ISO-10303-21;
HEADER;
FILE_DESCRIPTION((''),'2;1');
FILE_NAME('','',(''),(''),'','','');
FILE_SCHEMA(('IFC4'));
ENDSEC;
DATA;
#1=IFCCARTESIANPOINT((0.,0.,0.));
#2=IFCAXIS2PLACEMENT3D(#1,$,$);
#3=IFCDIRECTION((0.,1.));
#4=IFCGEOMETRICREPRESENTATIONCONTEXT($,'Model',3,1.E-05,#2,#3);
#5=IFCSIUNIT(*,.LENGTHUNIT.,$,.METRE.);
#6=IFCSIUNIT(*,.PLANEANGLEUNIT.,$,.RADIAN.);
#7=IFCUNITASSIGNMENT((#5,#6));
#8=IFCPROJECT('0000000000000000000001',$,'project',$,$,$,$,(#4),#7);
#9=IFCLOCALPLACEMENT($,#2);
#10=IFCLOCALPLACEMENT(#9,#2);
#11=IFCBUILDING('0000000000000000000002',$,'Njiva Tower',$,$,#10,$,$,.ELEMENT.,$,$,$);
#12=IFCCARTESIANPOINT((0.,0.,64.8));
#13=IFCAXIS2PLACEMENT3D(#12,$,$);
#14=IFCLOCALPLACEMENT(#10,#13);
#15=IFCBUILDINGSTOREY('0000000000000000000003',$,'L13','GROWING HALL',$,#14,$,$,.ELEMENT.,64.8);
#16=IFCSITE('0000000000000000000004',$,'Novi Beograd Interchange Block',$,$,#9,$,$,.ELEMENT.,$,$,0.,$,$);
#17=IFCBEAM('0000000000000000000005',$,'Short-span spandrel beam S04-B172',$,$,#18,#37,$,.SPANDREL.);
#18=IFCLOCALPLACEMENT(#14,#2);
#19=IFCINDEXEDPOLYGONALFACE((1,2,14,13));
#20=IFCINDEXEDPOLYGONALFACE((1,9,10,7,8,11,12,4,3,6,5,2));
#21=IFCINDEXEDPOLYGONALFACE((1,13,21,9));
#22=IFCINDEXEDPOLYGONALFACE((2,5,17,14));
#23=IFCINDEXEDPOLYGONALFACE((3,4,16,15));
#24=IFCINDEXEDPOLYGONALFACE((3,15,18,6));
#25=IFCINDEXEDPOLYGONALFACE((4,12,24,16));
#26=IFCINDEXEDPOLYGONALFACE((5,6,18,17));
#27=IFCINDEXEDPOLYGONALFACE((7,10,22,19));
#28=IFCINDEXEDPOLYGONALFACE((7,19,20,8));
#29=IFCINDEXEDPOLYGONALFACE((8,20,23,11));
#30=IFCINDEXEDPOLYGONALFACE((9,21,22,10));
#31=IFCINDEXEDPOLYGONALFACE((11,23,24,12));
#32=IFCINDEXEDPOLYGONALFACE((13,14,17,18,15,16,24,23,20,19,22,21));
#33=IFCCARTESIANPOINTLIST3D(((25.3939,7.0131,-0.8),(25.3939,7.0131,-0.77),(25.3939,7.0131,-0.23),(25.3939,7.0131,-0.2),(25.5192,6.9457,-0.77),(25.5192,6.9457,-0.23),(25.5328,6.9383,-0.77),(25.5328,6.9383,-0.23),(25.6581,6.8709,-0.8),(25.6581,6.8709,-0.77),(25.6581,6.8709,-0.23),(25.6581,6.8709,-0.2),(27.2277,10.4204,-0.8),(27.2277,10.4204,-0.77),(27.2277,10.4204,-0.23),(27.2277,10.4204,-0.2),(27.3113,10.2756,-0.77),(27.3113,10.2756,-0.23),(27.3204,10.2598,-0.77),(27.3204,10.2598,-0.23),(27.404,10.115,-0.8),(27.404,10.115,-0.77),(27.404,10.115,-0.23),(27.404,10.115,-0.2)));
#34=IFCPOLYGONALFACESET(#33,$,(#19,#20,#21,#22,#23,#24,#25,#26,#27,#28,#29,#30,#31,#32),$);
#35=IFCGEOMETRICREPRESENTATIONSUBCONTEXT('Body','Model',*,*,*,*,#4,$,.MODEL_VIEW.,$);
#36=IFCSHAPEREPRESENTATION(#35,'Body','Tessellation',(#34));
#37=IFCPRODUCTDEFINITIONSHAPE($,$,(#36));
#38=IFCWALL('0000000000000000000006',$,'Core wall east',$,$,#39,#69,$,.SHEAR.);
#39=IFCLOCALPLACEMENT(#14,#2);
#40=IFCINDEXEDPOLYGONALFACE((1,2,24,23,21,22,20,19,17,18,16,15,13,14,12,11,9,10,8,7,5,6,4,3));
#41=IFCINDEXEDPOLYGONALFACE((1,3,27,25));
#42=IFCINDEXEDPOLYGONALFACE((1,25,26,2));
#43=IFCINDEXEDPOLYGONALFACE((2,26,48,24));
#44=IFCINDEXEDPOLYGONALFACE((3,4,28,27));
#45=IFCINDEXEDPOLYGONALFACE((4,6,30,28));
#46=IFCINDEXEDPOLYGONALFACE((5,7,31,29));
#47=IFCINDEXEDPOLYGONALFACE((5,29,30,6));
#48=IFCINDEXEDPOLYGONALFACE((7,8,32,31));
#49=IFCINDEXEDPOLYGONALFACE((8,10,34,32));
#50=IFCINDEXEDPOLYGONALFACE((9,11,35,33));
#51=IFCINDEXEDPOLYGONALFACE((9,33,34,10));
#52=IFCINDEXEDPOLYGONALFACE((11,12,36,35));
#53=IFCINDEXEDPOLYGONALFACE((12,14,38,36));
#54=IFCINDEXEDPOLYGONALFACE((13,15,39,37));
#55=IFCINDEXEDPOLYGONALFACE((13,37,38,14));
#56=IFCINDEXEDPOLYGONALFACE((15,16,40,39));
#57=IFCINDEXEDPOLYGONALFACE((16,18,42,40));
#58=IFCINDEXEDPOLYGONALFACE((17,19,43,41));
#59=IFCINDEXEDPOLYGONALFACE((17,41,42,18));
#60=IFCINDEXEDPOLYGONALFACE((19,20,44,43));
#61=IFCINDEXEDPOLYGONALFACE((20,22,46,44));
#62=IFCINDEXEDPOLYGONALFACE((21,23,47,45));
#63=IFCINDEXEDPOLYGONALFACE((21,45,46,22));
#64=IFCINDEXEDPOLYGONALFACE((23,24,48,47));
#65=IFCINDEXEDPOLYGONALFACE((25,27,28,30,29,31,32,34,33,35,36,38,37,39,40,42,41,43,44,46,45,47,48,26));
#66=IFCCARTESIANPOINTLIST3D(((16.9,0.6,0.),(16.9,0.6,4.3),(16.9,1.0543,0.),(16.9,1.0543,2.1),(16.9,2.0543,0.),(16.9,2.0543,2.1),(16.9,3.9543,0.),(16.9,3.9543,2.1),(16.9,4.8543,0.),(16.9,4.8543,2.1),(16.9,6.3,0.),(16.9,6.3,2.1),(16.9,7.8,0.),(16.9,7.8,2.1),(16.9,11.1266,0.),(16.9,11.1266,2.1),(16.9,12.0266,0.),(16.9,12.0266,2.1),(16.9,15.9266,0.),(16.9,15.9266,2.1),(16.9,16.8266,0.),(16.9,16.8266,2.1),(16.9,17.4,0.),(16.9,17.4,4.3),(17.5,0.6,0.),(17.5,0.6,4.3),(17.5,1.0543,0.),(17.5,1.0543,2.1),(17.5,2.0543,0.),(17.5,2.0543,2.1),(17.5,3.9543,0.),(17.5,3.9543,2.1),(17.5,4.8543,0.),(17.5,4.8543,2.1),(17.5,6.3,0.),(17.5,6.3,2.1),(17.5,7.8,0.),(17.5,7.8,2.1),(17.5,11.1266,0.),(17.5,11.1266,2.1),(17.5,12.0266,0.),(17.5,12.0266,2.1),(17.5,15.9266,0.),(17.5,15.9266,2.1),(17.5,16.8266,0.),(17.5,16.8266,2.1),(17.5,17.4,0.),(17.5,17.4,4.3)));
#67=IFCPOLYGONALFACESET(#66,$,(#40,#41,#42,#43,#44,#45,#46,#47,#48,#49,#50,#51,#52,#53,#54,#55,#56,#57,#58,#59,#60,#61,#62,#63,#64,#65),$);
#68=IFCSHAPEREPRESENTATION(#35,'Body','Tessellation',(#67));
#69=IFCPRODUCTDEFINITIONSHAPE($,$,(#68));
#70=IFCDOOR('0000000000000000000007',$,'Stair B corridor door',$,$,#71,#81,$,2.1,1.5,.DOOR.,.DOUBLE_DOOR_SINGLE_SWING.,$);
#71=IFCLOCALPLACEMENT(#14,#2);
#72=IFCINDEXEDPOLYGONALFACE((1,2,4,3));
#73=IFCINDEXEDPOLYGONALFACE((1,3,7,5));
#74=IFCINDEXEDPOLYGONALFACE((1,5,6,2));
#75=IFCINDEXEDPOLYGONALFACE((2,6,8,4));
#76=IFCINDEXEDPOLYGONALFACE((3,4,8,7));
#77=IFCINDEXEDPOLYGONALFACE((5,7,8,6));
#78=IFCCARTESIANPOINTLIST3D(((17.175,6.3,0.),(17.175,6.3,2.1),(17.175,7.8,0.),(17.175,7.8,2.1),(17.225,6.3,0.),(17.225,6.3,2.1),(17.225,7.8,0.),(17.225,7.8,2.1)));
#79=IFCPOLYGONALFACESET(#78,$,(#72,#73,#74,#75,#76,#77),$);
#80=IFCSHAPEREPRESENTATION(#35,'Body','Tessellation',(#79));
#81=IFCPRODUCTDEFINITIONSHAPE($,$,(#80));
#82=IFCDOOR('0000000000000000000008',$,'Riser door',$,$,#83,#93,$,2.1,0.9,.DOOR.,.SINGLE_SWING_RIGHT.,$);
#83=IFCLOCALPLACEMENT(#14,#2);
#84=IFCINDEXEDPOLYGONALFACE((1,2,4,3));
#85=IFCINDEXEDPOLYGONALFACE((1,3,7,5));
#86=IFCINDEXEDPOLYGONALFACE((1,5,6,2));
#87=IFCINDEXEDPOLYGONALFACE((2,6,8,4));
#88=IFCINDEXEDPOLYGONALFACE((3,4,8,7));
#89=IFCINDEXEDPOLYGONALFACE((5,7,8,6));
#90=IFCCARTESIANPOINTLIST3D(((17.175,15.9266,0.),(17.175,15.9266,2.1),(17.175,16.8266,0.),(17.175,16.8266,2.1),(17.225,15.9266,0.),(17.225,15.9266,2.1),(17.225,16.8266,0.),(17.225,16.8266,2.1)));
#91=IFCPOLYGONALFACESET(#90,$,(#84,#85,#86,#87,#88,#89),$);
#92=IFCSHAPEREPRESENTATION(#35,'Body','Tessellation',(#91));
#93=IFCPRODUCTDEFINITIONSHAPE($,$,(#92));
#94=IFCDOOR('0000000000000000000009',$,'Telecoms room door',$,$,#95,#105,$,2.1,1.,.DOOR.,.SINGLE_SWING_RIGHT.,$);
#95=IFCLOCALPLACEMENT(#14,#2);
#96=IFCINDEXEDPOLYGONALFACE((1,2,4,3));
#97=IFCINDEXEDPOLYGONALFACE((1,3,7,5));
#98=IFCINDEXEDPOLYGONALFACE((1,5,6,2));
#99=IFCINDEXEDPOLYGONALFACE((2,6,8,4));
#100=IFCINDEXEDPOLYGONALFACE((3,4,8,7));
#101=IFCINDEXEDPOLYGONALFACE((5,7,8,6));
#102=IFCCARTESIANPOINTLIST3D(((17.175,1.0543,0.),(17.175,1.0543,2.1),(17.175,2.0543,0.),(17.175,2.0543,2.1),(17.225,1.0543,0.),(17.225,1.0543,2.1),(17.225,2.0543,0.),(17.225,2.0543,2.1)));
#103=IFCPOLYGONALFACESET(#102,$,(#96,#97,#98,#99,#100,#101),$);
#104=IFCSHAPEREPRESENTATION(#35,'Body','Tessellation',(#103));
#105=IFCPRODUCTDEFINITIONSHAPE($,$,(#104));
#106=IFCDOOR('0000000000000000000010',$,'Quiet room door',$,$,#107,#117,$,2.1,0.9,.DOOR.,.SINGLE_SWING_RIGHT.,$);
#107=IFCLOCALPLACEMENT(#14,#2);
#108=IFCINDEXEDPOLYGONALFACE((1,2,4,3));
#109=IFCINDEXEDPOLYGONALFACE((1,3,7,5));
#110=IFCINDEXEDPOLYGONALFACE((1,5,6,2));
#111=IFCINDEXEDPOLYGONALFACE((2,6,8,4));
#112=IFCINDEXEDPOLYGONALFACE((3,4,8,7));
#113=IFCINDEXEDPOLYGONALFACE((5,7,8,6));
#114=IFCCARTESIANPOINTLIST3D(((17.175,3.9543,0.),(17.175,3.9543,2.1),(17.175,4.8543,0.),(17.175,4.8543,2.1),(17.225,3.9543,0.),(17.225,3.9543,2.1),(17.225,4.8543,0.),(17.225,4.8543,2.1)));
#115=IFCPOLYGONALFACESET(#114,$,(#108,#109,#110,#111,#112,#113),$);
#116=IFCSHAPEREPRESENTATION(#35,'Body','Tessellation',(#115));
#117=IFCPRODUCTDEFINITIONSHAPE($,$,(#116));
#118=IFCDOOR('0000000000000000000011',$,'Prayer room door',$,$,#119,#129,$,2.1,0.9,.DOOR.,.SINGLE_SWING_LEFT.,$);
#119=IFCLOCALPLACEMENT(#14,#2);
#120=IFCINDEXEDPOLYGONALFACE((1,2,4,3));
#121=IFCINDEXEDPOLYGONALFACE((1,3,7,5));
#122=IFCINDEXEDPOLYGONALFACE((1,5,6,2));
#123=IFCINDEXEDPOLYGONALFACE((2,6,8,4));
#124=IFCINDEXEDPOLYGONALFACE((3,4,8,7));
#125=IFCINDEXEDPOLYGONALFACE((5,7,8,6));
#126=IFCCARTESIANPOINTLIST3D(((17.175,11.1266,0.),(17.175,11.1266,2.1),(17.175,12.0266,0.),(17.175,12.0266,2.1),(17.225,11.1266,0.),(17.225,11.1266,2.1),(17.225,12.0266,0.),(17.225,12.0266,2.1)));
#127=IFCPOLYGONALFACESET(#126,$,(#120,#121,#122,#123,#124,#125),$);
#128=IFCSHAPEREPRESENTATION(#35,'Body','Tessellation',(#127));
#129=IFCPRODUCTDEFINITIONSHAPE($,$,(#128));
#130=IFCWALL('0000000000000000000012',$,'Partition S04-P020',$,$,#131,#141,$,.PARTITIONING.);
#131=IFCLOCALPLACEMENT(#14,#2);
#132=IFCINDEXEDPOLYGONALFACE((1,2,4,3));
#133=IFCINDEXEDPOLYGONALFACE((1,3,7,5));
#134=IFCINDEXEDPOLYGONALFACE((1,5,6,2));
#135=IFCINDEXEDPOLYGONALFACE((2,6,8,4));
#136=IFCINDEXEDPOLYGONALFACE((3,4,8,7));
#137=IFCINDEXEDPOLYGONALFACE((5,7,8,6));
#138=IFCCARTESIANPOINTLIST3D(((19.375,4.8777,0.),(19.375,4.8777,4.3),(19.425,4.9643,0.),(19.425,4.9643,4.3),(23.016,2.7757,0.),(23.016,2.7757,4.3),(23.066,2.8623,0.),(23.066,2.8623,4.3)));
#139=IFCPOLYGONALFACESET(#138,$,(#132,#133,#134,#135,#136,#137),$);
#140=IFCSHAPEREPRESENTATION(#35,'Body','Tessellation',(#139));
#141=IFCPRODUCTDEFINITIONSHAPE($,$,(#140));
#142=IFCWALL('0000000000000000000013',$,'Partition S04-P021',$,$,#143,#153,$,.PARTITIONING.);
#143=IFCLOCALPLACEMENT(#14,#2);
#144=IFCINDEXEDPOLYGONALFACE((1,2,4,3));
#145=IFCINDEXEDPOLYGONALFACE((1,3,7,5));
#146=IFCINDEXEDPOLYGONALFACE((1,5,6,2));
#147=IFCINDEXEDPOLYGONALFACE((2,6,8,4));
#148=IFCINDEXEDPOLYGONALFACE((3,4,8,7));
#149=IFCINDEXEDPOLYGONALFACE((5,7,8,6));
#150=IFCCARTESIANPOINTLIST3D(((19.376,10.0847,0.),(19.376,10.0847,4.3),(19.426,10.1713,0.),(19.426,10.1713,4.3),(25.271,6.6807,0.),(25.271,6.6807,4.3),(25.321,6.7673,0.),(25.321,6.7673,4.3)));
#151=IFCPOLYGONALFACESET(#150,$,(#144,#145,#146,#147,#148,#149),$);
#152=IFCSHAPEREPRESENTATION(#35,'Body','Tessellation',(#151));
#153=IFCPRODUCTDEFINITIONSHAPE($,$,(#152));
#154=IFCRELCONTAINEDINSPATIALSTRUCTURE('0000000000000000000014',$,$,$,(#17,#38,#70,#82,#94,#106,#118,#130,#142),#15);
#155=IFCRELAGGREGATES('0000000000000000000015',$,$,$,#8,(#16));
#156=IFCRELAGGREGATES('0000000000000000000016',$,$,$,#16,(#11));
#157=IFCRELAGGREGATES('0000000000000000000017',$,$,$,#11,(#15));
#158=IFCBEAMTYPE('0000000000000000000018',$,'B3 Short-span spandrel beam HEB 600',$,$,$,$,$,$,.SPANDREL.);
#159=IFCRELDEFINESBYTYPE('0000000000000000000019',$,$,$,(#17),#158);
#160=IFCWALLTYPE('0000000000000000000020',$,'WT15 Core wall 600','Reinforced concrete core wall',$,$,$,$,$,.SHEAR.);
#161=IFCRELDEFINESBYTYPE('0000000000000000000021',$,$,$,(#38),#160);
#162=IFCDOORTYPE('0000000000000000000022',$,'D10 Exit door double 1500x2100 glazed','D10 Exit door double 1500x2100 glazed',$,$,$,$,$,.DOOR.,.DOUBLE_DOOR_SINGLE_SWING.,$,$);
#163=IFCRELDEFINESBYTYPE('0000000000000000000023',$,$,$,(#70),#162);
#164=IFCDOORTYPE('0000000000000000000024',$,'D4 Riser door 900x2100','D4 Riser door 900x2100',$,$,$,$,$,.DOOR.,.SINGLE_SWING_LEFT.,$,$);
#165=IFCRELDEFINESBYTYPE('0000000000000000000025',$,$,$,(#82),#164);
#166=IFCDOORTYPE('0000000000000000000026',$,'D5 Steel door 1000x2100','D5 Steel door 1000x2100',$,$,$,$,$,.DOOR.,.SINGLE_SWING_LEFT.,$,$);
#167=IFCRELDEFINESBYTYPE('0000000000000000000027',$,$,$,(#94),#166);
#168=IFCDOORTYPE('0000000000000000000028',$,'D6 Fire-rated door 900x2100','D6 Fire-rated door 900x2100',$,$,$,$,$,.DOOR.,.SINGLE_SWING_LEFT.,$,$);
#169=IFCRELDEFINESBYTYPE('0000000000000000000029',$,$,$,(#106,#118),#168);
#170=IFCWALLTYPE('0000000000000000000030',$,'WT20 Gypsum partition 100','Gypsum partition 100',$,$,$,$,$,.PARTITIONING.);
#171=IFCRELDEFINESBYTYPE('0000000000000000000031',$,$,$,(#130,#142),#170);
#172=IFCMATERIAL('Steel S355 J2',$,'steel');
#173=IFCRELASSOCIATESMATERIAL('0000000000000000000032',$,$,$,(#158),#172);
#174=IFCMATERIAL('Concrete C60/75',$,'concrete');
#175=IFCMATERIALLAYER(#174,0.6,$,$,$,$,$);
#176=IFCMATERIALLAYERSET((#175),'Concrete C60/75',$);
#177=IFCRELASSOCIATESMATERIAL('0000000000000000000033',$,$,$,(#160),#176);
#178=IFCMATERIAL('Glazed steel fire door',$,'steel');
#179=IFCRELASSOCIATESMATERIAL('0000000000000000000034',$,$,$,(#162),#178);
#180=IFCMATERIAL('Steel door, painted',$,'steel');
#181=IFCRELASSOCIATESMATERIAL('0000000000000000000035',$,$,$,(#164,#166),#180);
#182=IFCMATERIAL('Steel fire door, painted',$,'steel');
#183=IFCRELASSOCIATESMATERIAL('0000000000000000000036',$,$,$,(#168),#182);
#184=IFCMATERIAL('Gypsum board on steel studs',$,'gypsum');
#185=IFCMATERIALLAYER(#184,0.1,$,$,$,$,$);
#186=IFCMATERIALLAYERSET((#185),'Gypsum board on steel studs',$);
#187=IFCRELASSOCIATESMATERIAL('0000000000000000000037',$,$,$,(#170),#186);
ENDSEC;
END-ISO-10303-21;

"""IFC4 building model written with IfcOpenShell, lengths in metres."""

from ifc_helpers import new_model, si_unit, direction, frame, frame_2d, origin, origin_2d, place, context, subcontext, project, spatial, rectangle, i_section, extrude, clip, halfspace, material, layer, layer_set, material_profile, profile_set, type_object, element, fill, save


model = new_model("IFC4")

# Units and contexts
model_context = context("Model", 3, precision=1e-05, world=origin(), true_north=direction((0.0, 1.0)))
body_context = subcontext(model_context, "Body", "Model", "MODEL_VIEW")
ifc_project = project(units=[si_unit("LENGTHUNIT", "METRE"), si_unit("PLANEANGLEUNIT", "RADIAN")], contexts=[model_context])

# Site, building, storey
site_placement = place(None, origin())
site = spatial("IfcSite", under=ifc_project, at=site_placement, Name="Novi Beograd Interchange Block", CompositionType="ELEMENT", RefElevation=0.0)
building_placement = place(site_placement, origin())
building = spatial("IfcBuilding", under=site, at=building_placement, Name="Njiva Tower", CompositionType="ELEMENT")
storey_placement = place(building_placement, frame((0.0, 0.0, 64.8)))
storey = spatial("IfcBuildingStorey", under=building, at=storey_placement, Name="L13", Description="GROWING HALL", CompositionType="ELEMENT", Elevation=64.8)

# Shared definitions
ifc_material_1 = material(Name="Steel S355 J2", Category="steel")

# Beam
ifc_material_profile_1 = material_profile(ifc_material_1, i_section(OverallWidth=0.3, OverallDepth=0.6, WebThickness=0.0155, FlangeThickness=0.03, at=origin_2d()), Name="HEB 600")
ifc_profile_set_1 = profile_set([ifc_material_profile_1], Name="Steel S355 J2")
beam_type_1 = type_object("IfcBeamType", Name="B3 Short-span spandrel beam HEB 600", PredefinedType="SPANDREL", material=ifc_profile_set_1)
beam_1_placement = place(storey_placement, frame((25.526, 6.942, -0.5), z_axis=(0.47391, 0.880573, 0.0), x_axis=(-0.880573, 0.47391, 0.0)))
element("IfcBeam", 1, at=beam_1_placement, inside=storey, type_object=beam_type_1, Name="Short-span spandrel beam S04-B172", PredefinedType="SPANDREL", context=body_context, shape_type="Clipping", body=[
    clip(extrude(i_section(OverallWidth=0.3, OverallDepth=0.6, WebThickness=0.0155, FlangeThickness=0.03, at=origin_2d()), origin(), (0.0, 0.0, 1.0), 3.8901), halfspace(frame((-0.0259, 0.0, 3.7607), z_axis=(-0.525645, 0.0, 0.850704), x_axis=(0.0, 1.0, 0.0)), False)),
])

# Wall, openings, doors
ifc_material_2 = material(Name="Concrete C60/75", Category="concrete")
ifc_layer_1 = layer(ifc_material_2, 0.6)
ifc_layer_set_1 = layer_set([ifc_layer_1], Name="Concrete C60/75")
wall_type_1 = type_object("IfcWallType", Name="WT15 Core wall 600", Description="Reinforced concrete core wall", PredefinedType="SHEAR", material=ifc_layer_set_1)
wall_1_placement = place(storey_placement, frame((17.2, 0.6, 0.0), z_axis=(0.0, 0.0, 1.0), x_axis=(0.0, 1.0, 0.0)))
wall_1 = element("IfcWall", 2, at=wall_1_placement, inside=storey, type_object=wall_type_1, Name="Core wall east", PredefinedType="SHEAR", context=body_context, shape_type="SweptSolid", body=[
    extrude(rectangle(XDim=16.8, YDim=0.6, at=frame_2d((8.4, 0.0))), origin(), (0.0, 0.0, 1.0), 4.3),
])
opening_1_placement = place(wall_1_placement, frame((5.7, 0.0, 0.0)))
opening_1 = element("IfcOpeningElement", 3, at=opening_1_placement, cuts=wall_1, PredefinedType="OPENING", context=body_context, shape_type="SweptSolid", body=[
    extrude(rectangle(XDim=1.5, YDim=2.1, at=frame_2d((0.75, 1.05))), frame((0.0, 0.31, 0.0), z_axis=(0.0, -1.0, 0.0), x_axis=(1.0, 0.0, 0.0)), (0.0, 0.0, 1.0), 0.62),
])
opening_2_placement = place(wall_1_placement, frame((0.4543, 0.0, 0.0)))
opening_2 = element("IfcOpeningElement", 4, at=opening_2_placement, cuts=wall_1, PredefinedType="OPENING", context=body_context, shape_type="SweptSolid", body=[
    extrude(rectangle(XDim=1.0, YDim=2.1, at=frame_2d((0.5, 1.05))), frame((0.0, 0.31, 0.0), z_axis=(0.0, -1.0, 0.0), x_axis=(1.0, 0.0, 0.0)), (0.0, 0.0, 1.0), 0.62),
])
opening_3_placement = place(wall_1_placement, frame((3.3543, 0.0, 0.0)))
opening_3 = element("IfcOpeningElement", 5, at=opening_3_placement, cuts=wall_1, PredefinedType="OPENING", context=body_context, shape_type="SweptSolid", body=[
    extrude(rectangle(XDim=0.9, YDim=2.1, at=frame_2d((0.45, 1.05))), frame((0.0, 0.31, 0.0), z_axis=(0.0, -1.0, 0.0), x_axis=(1.0, 0.0, 0.0)), (0.0, 0.0, 1.0), 0.62),
])
opening_4_placement = place(wall_1_placement, frame((10.5266, 0.0, 0.0)))
opening_4 = element("IfcOpeningElement", 6, at=opening_4_placement, cuts=wall_1, PredefinedType="OPENING", context=body_context, shape_type="SweptSolid", body=[
    extrude(rectangle(XDim=0.9, YDim=2.1, at=frame_2d((0.45, 1.05))), frame((0.0, 0.31, 0.0), z_axis=(0.0, -1.0, 0.0), x_axis=(1.0, 0.0, 0.0)), (0.0, 0.0, 1.0), 0.62),
])
opening_5_placement = place(wall_1_placement, frame((15.3266, 0.0, 0.0)))
opening_5 = element("IfcOpeningElement", 7, at=opening_5_placement, cuts=wall_1, PredefinedType="OPENING", context=body_context, shape_type="SweptSolid", body=[
    extrude(rectangle(XDim=0.9, YDim=2.1, at=frame_2d((0.45, 1.05))), frame((0.0, 0.31, 0.0), z_axis=(0.0, -1.0, 0.0), x_axis=(1.0, 0.0, 0.0)), (0.0, 0.0, 1.0), 0.62),
])
ifc_material_3 = material(Name="Glazed steel fire door", Category="steel")
door_type_1 = type_object("IfcDoorType", Name="D10 Exit door double 1500x2100 glazed", Description="D10 Exit door double 1500x2100 glazed", OperationType="DOUBLE_DOOR_SINGLE_SWING", PredefinedType="DOOR", material=ifc_material_3)
door_1_placement = place(opening_1_placement, origin())
door_1 = element("IfcDoor", 8, at=door_1_placement, inside=storey, type_object=door_type_1, Name="Stair B corridor door", OperationType="DOUBLE_DOOR_SINGLE_SWING", OverallHeight=2.1, OverallWidth=1.5, PredefinedType="DOOR", context=body_context, shape_type="SweptSolid", body=[
    extrude(rectangle(XDim=1.5, YDim=2.1, at=frame_2d((0.75, 1.05))), frame((0.0, 0.025, 0.0), z_axis=(0.0, -1.0, 0.0), x_axis=(1.0, 0.0, 0.0)), (0.0, 0.0, 1.0), 0.05),
])
fill(opening_1, door_1)
ifc_material_4 = material(Name="Steel door, painted", Category="steel")
door_type_2 = type_object("IfcDoorType", Name="D4 Riser door 900x2100", Description="D4 Riser door 900x2100", OperationType="SINGLE_SWING_LEFT", PredefinedType="DOOR", material=ifc_material_4)
door_2_placement = place(opening_5_placement, origin())
door_2 = element("IfcDoor", 9, at=door_2_placement, inside=storey, type_object=door_type_2, Name="Riser door", OperationType="SINGLE_SWING_RIGHT", OverallHeight=2.1, OverallWidth=0.9, PredefinedType="DOOR", context=body_context, shape_type="SweptSolid", body=[
    extrude(rectangle(XDim=0.9, YDim=2.1, at=frame_2d((0.45, 1.05))), frame((0.0, 0.025, 0.0), z_axis=(0.0, -1.0, 0.0), x_axis=(1.0, 0.0, 0.0)), (0.0, 0.0, 1.0), 0.05),
])
fill(opening_5, door_2)
door_type_3 = type_object("IfcDoorType", Name="D5 Steel door 1000x2100", Description="D5 Steel door 1000x2100", OperationType="SINGLE_SWING_LEFT", PredefinedType="DOOR", material=ifc_material_4)
door_3_placement = place(opening_2_placement, origin())
door_3 = element("IfcDoor", 10, at=door_3_placement, inside=storey, type_object=door_type_3, Name="Telecoms room door", OperationType="SINGLE_SWING_RIGHT", OverallHeight=2.1, OverallWidth=1.0, PredefinedType="DOOR", context=body_context, shape_type="SweptSolid", body=[
    extrude(rectangle(XDim=1.0, YDim=2.1, at=frame_2d((0.5, 1.05))), frame((0.0, 0.025, 0.0), z_axis=(0.0, -1.0, 0.0), x_axis=(1.0, 0.0, 0.0)), (0.0, 0.0, 1.0), 0.05),
])
fill(opening_2, door_3)
ifc_material_5 = material(Name="Steel fire door, painted", Category="steel")
door_type_4 = type_object("IfcDoorType", Name="D6 Fire-rated door 900x2100", Description="D6 Fire-rated door 900x2100", OperationType="SINGLE_SWING_LEFT", PredefinedType="DOOR", material=ifc_material_5)
door_4_placement = place(opening_3_placement, origin())
door_4 = element("IfcDoor", 11, at=door_4_placement, inside=storey, type_object=door_type_4, Name="Quiet room door", OperationType="SINGLE_SWING_RIGHT", OverallHeight=2.1, OverallWidth=0.9, PredefinedType="DOOR", context=body_context, shape_type="SweptSolid", body=[
    extrude(rectangle(XDim=0.9, YDim=2.1, at=frame_2d((0.45, 1.05))), frame((0.0, 0.025, 0.0), z_axis=(0.0, -1.0, 0.0), x_axis=(1.0, 0.0, 0.0)), (0.0, 0.0, 1.0), 0.05),
])
fill(opening_3, door_4)
door_5_placement = place(opening_4_placement, origin())
door_5 = element("IfcDoor", 12, at=door_5_placement, inside=storey, type_object=door_type_4, Name="Prayer room door", OperationType="SINGLE_SWING_LEFT", OverallHeight=2.1, OverallWidth=0.9, PredefinedType="DOOR", context=body_context, shape_type="SweptSolid", body=[
    extrude(rectangle(XDim=0.9, YDim=2.1, at=frame_2d((0.45, 1.05))), frame((0.0, 0.025, 0.0), z_axis=(0.0, -1.0, 0.0), x_axis=(1.0, 0.0, 0.0)), (0.0, 0.0, 1.0), 0.05),
])
fill(opening_4, door_5)

# Walls
ifc_material_6 = material(Name="Gypsum board on steel studs", Category="gypsum")
ifc_layer_2 = layer(ifc_material_6, 0.1)
ifc_layer_set_2 = layer_set([ifc_layer_2], Name="Gypsum board on steel studs")
wall_type_2 = type_object("IfcWallType", Name="WT20 Gypsum partition 100", Description="Gypsum partition 100", PredefinedType="PARTITIONING", material=ifc_layer_set_2)
wall_2_placement = place(storey_placement, frame((19.4, 4.921, 0.0), z_axis=(0.0, 0.0, 1.0), x_axis=(0.866039, -0.499976, 0.0)))
element("IfcWall", 13, at=wall_2_placement, inside=storey, type_object=wall_type_2, Name="Partition S04-P020", PredefinedType="PARTITIONING", context=body_context, shape_type="SweptSolid", body=[
    extrude(rectangle(XDim=4.2042, YDim=0.1, at=frame_2d((2.1021, 0.0))), origin(), (0.0, 0.0, 1.0), 4.3),
])
wall_3_placement = place(storey_placement, frame((19.401, 10.128, 0.0), z_axis=(0.0, 0.0, 1.0), x_axis=(0.865992, -0.500057, 0.0)))
element("IfcWall", 14, at=wall_3_placement, inside=storey, type_object=wall_type_2, Name="Partition S04-P021", PredefinedType="PARTITIONING", context=body_context, shape_type="SweptSolid", body=[
    extrude(rectangle(XDim=6.8072, YDim=0.1, at=frame_2d((3.4036, 0.0))), origin(), (0.0, 0.0, 1.0), 4.3),
])

save(model, "model.ifc")
